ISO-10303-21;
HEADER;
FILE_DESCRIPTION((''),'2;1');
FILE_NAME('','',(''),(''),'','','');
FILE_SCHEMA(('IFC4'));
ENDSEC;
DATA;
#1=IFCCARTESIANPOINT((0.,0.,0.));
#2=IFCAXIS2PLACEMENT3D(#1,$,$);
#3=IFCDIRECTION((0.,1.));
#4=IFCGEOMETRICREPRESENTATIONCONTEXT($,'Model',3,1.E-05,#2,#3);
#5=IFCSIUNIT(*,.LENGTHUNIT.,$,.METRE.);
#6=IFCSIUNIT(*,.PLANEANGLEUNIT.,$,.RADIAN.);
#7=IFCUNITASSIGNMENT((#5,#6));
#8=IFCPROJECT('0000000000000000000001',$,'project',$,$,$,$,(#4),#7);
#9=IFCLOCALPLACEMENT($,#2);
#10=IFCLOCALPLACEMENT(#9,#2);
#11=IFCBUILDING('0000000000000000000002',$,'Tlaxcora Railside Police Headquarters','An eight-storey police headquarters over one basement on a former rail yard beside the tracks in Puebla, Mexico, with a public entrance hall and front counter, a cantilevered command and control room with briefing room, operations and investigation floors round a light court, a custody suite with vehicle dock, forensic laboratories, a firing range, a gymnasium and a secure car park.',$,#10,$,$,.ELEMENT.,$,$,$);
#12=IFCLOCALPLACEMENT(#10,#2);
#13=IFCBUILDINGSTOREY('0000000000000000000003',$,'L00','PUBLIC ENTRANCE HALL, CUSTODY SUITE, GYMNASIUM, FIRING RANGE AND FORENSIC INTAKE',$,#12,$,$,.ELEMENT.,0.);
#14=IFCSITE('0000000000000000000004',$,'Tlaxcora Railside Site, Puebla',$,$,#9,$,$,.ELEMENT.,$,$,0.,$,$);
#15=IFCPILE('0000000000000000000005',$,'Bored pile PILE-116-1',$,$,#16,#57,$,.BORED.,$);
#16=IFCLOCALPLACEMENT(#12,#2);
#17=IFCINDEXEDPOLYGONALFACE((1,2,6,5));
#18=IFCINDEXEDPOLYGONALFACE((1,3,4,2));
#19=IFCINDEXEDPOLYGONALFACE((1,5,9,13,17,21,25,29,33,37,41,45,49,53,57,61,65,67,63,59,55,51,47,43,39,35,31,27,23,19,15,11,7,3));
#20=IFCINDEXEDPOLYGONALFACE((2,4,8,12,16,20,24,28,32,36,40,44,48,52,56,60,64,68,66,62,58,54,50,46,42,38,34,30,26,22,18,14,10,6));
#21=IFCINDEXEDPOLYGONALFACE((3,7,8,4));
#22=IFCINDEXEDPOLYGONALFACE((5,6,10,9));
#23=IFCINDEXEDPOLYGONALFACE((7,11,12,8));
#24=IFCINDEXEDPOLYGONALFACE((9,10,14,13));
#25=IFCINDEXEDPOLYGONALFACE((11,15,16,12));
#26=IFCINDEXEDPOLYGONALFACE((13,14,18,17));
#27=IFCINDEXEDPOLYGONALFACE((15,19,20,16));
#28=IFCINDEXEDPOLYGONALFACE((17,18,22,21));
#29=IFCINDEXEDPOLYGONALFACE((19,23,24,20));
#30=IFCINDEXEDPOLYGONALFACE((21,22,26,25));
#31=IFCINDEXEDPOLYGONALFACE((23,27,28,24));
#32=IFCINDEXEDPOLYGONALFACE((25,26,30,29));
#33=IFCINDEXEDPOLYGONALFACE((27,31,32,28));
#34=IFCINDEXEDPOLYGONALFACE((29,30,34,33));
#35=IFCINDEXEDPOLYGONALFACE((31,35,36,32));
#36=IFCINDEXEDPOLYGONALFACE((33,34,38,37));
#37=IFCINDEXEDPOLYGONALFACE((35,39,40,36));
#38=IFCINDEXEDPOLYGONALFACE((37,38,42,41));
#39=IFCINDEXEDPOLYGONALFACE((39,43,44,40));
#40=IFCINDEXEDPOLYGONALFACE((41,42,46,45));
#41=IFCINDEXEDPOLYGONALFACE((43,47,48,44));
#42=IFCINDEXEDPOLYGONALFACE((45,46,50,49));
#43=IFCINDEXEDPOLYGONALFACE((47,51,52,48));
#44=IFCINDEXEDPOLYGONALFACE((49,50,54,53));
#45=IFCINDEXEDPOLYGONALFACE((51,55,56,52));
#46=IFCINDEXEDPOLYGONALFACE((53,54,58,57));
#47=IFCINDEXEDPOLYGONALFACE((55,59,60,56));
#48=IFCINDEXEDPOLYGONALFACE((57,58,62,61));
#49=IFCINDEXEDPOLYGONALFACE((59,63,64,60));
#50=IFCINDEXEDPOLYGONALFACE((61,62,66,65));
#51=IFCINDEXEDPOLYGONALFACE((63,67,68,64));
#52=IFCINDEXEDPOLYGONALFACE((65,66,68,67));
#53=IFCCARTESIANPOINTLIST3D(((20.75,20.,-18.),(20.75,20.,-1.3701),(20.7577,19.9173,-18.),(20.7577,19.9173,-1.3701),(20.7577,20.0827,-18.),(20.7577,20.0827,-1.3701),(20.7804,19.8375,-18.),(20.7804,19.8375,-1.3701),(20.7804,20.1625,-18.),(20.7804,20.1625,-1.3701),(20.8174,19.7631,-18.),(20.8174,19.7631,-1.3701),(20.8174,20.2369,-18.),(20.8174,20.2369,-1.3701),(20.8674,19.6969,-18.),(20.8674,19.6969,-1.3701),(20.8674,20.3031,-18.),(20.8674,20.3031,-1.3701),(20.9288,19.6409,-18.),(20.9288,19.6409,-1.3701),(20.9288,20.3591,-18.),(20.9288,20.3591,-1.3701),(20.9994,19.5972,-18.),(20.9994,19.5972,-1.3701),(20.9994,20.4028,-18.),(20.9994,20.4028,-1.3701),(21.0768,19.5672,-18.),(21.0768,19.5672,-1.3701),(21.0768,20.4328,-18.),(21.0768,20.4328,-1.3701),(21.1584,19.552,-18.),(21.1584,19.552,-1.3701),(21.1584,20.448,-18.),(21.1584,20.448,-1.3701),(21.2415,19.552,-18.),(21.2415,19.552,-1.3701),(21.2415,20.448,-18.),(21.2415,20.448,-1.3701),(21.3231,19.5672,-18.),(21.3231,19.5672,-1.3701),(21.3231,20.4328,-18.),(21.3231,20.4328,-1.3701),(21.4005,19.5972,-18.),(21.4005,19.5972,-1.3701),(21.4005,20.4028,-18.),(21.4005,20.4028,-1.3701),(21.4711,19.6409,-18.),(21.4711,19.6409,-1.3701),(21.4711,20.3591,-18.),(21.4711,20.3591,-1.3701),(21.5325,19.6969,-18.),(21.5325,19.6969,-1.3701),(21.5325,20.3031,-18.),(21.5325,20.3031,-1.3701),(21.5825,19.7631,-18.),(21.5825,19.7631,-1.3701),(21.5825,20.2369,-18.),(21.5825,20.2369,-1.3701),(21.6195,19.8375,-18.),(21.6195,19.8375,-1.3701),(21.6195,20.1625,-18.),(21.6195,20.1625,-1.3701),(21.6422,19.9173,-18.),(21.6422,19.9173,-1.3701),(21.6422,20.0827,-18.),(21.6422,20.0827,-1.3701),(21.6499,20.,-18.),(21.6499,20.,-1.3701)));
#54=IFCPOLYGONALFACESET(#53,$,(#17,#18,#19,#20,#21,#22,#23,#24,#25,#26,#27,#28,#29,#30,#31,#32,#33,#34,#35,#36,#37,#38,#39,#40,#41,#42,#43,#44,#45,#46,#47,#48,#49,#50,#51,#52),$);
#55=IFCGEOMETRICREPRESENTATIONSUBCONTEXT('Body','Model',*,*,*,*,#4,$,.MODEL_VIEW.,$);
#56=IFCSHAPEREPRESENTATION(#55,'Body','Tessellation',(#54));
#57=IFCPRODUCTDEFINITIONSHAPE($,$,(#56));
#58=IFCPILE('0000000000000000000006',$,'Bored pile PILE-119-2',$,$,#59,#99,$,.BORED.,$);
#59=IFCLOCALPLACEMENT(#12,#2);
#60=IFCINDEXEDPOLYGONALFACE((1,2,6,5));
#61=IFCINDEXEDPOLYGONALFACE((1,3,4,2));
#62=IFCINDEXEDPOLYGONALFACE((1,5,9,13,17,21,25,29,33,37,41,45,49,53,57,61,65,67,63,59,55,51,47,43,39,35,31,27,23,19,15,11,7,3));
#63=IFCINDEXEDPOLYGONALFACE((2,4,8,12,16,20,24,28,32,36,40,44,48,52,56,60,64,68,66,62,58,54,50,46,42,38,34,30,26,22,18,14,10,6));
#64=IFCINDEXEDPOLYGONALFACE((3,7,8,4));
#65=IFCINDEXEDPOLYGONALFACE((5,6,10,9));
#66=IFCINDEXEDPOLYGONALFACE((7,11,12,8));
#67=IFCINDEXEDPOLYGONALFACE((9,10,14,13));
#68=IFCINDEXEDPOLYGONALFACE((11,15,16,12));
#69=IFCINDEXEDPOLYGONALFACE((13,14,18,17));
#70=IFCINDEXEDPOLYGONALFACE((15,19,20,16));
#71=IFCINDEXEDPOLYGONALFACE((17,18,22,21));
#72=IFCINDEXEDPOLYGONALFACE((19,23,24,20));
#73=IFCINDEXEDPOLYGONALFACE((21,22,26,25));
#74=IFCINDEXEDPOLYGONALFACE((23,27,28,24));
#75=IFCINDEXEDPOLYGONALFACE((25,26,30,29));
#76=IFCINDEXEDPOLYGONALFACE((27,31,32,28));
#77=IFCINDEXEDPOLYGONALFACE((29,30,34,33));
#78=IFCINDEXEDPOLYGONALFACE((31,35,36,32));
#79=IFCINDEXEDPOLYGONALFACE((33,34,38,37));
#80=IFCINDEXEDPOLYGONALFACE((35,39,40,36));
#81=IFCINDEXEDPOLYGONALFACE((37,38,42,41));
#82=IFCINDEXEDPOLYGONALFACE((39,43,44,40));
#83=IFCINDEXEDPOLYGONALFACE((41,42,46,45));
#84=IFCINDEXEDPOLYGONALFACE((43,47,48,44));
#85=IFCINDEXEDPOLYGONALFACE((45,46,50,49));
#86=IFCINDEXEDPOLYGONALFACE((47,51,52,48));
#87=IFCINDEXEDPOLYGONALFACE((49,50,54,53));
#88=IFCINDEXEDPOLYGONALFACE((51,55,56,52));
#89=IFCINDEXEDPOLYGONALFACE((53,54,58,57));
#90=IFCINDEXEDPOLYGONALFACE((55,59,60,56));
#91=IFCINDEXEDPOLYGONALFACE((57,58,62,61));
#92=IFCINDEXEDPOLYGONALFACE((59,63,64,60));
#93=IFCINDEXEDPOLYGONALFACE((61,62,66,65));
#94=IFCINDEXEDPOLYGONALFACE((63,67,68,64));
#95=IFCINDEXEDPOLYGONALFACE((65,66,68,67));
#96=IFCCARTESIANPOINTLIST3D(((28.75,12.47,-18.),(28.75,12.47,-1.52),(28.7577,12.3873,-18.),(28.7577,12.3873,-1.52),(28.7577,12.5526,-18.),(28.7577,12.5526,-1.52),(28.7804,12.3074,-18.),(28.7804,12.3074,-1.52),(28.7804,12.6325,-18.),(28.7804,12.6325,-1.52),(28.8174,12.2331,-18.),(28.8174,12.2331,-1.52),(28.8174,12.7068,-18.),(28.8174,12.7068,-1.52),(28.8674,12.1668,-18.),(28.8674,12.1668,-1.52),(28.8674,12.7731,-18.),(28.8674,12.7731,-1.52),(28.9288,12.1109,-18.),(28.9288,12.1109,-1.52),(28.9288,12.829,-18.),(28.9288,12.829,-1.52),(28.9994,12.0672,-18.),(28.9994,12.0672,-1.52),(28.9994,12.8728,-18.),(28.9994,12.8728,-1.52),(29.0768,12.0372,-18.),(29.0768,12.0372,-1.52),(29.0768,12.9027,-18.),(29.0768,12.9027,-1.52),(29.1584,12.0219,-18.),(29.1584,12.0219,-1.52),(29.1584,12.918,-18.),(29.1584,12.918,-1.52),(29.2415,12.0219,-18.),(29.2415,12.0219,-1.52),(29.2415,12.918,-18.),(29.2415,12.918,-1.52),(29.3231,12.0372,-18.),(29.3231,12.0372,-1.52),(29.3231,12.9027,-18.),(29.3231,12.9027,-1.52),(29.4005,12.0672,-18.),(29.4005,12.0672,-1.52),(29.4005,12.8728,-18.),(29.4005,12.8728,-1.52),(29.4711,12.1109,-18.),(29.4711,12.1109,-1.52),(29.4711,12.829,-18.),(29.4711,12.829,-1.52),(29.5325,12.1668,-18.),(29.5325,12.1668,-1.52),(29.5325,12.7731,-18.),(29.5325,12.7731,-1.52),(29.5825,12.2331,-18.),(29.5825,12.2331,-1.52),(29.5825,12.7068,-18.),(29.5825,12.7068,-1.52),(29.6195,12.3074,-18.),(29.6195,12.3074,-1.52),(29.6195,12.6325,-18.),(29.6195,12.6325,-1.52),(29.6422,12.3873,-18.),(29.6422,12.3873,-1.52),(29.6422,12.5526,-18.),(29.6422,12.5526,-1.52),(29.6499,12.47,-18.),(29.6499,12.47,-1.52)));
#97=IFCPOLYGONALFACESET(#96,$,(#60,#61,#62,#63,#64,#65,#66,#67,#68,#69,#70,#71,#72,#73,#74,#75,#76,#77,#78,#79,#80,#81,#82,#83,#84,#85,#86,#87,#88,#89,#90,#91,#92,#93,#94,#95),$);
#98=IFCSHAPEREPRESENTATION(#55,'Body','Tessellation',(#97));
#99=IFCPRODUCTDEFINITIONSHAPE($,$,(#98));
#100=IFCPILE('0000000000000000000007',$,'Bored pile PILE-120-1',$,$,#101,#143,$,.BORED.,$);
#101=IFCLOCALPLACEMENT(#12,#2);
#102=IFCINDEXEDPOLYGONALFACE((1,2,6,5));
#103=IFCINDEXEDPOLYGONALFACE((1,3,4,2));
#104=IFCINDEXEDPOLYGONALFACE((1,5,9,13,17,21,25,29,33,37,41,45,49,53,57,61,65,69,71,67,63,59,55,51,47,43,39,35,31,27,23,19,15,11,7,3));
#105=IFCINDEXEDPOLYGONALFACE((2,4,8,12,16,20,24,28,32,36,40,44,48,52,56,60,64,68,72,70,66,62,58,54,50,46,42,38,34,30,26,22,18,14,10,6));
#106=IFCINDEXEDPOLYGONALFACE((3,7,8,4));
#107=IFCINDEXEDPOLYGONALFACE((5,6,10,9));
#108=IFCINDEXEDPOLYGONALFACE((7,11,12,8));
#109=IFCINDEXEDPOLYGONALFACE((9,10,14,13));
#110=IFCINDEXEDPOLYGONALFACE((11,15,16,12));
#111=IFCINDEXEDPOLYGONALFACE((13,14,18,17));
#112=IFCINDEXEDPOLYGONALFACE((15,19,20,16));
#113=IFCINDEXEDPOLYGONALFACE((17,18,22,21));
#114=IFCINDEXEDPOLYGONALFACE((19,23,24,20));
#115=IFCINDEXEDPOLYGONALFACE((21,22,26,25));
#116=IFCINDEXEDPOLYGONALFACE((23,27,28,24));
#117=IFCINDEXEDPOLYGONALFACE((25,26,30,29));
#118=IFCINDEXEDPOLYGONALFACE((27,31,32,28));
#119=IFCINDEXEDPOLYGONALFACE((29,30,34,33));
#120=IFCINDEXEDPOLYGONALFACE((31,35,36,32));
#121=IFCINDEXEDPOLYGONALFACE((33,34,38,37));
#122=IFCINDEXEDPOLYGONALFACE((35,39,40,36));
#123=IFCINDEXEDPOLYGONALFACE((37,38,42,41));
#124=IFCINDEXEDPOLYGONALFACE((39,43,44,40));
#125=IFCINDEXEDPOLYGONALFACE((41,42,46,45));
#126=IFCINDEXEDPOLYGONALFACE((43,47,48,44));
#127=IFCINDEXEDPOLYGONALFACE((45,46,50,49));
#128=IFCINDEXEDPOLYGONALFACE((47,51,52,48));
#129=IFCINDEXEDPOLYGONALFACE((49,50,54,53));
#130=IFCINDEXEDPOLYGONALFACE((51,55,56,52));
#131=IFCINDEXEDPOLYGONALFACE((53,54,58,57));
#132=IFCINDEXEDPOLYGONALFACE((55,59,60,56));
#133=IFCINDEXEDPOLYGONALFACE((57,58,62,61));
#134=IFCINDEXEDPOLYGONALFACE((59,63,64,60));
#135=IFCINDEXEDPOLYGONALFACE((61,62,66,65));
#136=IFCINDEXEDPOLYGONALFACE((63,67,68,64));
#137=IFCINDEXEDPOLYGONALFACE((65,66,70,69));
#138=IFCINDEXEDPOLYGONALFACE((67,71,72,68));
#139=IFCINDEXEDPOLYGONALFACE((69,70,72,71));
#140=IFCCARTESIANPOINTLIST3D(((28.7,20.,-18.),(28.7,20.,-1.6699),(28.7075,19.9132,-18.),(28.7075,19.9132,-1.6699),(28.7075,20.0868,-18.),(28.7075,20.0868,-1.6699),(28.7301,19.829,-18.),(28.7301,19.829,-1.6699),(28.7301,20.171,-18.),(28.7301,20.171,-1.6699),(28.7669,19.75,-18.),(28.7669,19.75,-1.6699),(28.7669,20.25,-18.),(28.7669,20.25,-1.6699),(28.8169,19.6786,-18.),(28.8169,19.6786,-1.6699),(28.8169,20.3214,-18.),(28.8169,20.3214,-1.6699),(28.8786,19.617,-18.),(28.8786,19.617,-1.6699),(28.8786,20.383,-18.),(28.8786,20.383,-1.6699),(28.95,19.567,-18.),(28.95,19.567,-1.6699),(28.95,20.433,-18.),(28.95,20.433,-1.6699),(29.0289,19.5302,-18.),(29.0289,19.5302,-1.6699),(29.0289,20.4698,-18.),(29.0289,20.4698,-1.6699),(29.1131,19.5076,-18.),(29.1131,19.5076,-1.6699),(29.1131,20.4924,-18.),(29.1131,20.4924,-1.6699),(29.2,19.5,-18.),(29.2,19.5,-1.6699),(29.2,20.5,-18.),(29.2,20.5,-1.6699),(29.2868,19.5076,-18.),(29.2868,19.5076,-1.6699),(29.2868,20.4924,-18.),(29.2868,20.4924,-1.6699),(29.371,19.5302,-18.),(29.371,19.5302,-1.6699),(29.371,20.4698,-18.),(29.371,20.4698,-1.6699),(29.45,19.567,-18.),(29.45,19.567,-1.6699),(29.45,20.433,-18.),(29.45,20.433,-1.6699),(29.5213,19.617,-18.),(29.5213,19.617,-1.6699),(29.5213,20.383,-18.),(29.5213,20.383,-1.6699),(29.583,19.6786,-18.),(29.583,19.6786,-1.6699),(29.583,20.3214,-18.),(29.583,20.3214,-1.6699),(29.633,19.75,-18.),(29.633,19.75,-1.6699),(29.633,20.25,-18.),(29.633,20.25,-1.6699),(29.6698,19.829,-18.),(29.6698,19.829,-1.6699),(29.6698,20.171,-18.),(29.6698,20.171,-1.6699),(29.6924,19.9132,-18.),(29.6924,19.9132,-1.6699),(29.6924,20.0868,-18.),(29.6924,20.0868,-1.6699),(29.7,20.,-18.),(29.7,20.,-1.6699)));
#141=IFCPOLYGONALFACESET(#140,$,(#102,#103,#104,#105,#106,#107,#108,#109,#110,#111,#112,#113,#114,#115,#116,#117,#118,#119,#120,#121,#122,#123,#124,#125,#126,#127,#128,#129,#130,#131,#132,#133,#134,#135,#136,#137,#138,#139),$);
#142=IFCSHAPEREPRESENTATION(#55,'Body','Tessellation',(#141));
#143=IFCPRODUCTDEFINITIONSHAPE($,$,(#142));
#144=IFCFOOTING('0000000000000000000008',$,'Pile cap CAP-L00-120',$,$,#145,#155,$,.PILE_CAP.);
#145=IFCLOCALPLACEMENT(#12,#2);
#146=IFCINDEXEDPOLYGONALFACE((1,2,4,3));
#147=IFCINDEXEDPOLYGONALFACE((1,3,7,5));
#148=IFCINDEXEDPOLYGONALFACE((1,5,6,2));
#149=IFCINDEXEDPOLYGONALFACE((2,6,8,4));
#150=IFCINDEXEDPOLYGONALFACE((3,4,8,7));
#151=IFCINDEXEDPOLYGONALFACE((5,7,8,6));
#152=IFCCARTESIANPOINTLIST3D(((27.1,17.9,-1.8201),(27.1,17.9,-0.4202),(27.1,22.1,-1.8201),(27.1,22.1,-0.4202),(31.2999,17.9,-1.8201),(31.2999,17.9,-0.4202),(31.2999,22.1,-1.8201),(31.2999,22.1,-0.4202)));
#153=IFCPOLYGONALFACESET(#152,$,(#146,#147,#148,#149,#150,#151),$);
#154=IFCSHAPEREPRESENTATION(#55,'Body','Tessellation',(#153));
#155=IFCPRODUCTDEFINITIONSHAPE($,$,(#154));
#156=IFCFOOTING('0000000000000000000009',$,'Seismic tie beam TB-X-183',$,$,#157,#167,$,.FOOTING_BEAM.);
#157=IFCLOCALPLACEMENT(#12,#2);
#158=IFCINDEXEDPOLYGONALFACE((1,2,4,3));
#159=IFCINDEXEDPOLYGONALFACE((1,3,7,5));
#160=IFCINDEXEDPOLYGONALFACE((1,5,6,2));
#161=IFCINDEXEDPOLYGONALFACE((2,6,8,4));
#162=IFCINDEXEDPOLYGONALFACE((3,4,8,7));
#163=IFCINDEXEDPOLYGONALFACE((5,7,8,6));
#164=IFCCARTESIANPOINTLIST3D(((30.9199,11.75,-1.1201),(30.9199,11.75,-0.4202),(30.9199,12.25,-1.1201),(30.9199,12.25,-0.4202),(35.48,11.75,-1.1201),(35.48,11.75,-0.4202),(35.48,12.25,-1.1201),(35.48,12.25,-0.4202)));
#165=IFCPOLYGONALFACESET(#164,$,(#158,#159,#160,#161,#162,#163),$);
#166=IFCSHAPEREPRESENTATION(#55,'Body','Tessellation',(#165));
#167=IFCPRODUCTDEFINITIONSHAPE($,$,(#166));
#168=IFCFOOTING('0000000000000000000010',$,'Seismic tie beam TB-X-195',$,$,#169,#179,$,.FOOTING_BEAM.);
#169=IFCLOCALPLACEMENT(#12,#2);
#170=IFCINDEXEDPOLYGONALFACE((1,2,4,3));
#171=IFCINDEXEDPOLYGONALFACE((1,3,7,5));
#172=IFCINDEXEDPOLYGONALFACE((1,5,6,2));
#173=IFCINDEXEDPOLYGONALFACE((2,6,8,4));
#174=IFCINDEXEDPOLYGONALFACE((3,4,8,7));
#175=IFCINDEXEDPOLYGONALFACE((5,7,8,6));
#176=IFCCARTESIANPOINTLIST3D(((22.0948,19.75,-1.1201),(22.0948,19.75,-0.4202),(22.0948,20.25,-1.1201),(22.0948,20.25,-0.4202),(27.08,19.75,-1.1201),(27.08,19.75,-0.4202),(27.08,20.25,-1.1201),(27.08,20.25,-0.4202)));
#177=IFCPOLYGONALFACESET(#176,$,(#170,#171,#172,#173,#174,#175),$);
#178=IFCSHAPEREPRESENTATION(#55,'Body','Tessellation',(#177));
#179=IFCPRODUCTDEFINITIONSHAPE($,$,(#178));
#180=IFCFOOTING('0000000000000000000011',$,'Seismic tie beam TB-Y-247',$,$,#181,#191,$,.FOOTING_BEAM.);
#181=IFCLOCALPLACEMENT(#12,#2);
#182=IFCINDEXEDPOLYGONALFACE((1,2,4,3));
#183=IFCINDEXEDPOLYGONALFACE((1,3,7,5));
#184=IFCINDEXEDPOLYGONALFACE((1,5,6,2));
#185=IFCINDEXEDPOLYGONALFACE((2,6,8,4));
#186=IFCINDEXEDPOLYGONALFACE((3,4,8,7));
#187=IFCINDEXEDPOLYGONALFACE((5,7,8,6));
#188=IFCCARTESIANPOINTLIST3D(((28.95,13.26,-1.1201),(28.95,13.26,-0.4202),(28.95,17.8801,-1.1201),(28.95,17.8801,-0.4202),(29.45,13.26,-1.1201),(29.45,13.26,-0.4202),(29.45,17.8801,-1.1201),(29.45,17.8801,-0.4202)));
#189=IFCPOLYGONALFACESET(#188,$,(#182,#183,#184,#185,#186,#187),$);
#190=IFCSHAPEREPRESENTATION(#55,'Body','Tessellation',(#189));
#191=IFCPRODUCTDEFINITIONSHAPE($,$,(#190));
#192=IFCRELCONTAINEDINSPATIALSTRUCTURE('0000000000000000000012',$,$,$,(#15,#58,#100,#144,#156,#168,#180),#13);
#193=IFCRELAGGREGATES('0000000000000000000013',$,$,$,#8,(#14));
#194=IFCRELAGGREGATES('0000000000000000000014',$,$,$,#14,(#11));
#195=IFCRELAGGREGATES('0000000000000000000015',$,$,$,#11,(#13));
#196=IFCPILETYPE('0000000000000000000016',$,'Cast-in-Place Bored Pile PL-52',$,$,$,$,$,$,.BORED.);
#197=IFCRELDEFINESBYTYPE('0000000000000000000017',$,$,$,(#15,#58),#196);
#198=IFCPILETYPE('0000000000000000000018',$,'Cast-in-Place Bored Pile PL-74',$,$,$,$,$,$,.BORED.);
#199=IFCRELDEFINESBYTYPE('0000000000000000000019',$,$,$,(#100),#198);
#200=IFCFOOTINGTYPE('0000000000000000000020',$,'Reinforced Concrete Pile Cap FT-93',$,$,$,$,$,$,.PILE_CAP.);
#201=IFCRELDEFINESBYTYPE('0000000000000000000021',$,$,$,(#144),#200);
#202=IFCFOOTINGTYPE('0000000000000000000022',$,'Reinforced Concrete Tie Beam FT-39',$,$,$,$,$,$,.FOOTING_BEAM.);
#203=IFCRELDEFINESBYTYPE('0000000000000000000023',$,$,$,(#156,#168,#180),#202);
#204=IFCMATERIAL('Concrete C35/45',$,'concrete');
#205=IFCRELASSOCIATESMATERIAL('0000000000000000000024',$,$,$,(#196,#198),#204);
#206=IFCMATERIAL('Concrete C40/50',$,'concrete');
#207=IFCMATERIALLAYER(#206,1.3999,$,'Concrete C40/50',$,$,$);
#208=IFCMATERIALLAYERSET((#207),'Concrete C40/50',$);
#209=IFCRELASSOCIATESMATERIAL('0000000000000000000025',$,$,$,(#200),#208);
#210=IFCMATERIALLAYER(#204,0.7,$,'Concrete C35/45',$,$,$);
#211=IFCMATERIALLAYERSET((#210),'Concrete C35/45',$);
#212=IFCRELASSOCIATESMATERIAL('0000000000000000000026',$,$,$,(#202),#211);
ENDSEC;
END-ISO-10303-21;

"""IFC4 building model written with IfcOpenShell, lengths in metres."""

from ifc_helpers import new_model, si_unit, direction, frame, origin, origin_2d, place, context, subcontext, project, spatial, rectangle, circle, extrude, material, layer, layer_set, material_profile, profile_set, type_object, element, save


model = new_model("IFC4")

# Units and contexts
model_context = context("Model", 3, precision=1e-05, world=origin(), true_north=direction((0.0, 1.0)))
body_context = subcontext(model_context, "Body", "Model", "MODEL_VIEW")
ifc_project = project(units=[si_unit("LENGTHUNIT", "METRE"), si_unit("PLANEANGLEUNIT", "RADIAN")], contexts=[model_context])

# Site, building, storey
site_placement = place(None, origin())
site = spatial("IfcSite", under=ifc_project, at=site_placement, Name="Tlaxcora Railside Site, Puebla", CompositionType="ELEMENT", RefElevation=0.0)
building_placement = place(site_placement, origin())
building = spatial("IfcBuilding", under=site, at=building_placement, Name="Tlaxcora Railside Police Headquarters", Description="An eight-storey police headquarters over one basement on a former rail yard beside the tracks in Puebla, Mexico, with a public entrance hall and front counter, a cantilevered command and control room with briefing room, operations and investigation floors round a light court, a custody suite with vehicle dock, forensic laboratories, a firing range, a gymnasium and a secure car park.", CompositionType="ELEMENT")
storey_placement = place(building_placement, origin())
storey = spatial("IfcBuildingStorey", under=building, at=storey_placement, Name="L00", Description="PUBLIC ENTRANCE HALL, CUSTODY SUITE, GYMNASIUM, FIRING RANGE AND FORENSIC INTAKE", CompositionType="ELEMENT", Elevation=0.0)

# Piles
ifc_material_1 = material(Name="Concrete C35/45", Category="concrete")
ifc_material_profile_1 = material_profile(ifc_material_1, circle(Radius=0.45, at=origin_2d()), Name="PILE900")
ifc_profile_set_1 = profile_set([ifc_material_profile_1], Name="Concrete C35/45")
pile_type_1 = type_object("IfcPileType", Name="Cast-in-Place Bored Pile PL-52", PredefinedType="BORED", material=ifc_profile_set_1)
pile_1_placement = place(storey_placement, frame((21.2, 20.0, -1.3701), z_axis=(0.0, 0.0, -1.0), x_axis=(1.0, 0.0, 0.0)))
element("IfcPile", 1, at=pile_1_placement, inside=storey, type_object=pile_type_1, Name="Bored pile PILE-116-1", PredefinedType="BORED", context=body_context, shape_type="SweptSolid", body=[
    extrude(circle(Radius=0.45, at=origin_2d()), origin(), (0.0, 0.0, 1.0), 16.6299),
])
pile_2_placement = place(storey_placement, frame((29.2, 12.47, -1.52), z_axis=(0.0, 0.0, -1.0), x_axis=(1.0, 0.0, 0.0)))
element("IfcPile", 2, at=pile_2_placement, inside=storey, type_object=pile_type_1, Name="Bored pile PILE-119-2", PredefinedType="BORED", context=body_context, shape_type="SweptSolid", body=[
    extrude(circle(Radius=0.45, at=origin_2d()), origin(), (0.0, 0.0, 1.0), 16.48),
])
ifc_material_profile_2 = material_profile(ifc_material_1, circle(Radius=0.5, at=origin_2d()), Name="PILE1000")
ifc_profile_set_2 = profile_set([ifc_material_profile_2], Name="Concrete C35/45")
pile_type_2 = type_object("IfcPileType", Name="Cast-in-Place Bored Pile PL-74", PredefinedType="BORED", material=ifc_profile_set_2)
pile_3_placement = place(storey_placement, frame((29.2, 20.0, -1.6699), z_axis=(0.0, 0.0, -1.0), x_axis=(1.0, 0.0, 0.0)))
element("IfcPile", 3, at=pile_3_placement, inside=storey, type_object=pile_type_2, Name="Bored pile PILE-120-1", PredefinedType="BORED", context=body_context, shape_type="SweptSolid", body=[
    extrude(circle(Radius=0.5, at=origin_2d()), origin(), (0.0, 0.0, 1.0), 16.3301),
])

# Footings
ifc_material_2 = material(Name="Concrete C40/50", Category="concrete")
ifc_layer_1 = layer(ifc_material_2, 1.3999, Name="Concrete C40/50")
ifc_layer_set_1 = layer_set([ifc_layer_1], Name="Concrete C40/50")
footing_type_1 = type_object("IfcFootingType", Name="Reinforced Concrete Pile Cap FT-93", PredefinedType="PILE_CAP", material=ifc_layer_set_1)
footing_1_placement = place(storey_placement, frame((29.2, 20.0, -1.8201), z_axis=(0.0, 0.0, 1.0), x_axis=(1.0, 0.0, 0.0)))
element("IfcFooting", 4, at=footing_1_placement, inside=storey, type_object=footing_type_1, Name="Pile cap CAP-L00-120", PredefinedType="PILE_CAP", context=body_context, shape_type="SweptSolid", body=[
    extrude(rectangle(XDim=4.2, YDim=4.2, at=origin_2d()), origin(), (0.0, 0.0, 1.0), 1.3999),
])
ifc_layer_2 = layer(ifc_material_1, 0.7, Name="Concrete C35/45")
ifc_layer_set_2 = layer_set([ifc_layer_2], Name="Concrete C35/45")
footing_type_2 = type_object("IfcFootingType", Name="Reinforced Concrete Tie Beam FT-39", PredefinedType="FOOTING_BEAM", material=ifc_layer_set_2)
footing_2_placement = place(storey_placement, frame((33.2, 12.0, -1.1201), z_axis=(0.0, 0.0, 1.0), x_axis=(1.0, 0.0, 0.0)))
element("IfcFooting", 5, at=footing_2_placement, inside=storey, type_object=footing_type_2, Name="Seismic tie beam TB-X-183", PredefinedType="FOOTING_BEAM", context=body_context, shape_type="SweptSolid", body=[
    extrude(rectangle(XDim=4.5601, YDim=0.5, at=origin_2d()), origin(), (0.0, 0.0, 1.0), 0.7),
])
footing_3_placement = place(storey_placement, frame((24.5874, 20.0, -1.1201), z_axis=(0.0, 0.0, 1.0), x_axis=(1.0, 0.0, 0.0)))
element("IfcFooting", 6, at=footing_3_placement, inside=storey, type_object=footing_type_2, Name="Seismic tie beam TB-X-195", PredefinedType="FOOTING_BEAM", context=body_context, shape_type="SweptSolid", body=[
    extrude(rectangle(XDim=4.9851, YDim=0.5, at=origin_2d()), origin(), (0.0, 0.0, 1.0), 0.7),
])
footing_4_placement = place(storey_placement, frame((29.2, 15.5701, -1.1201), z_axis=(0.0, 0.0, 1.0), x_axis=(0.0, 1.0, 0.0)))
element("IfcFooting", 7, at=footing_4_placement, inside=storey, type_object=footing_type_2, Name="Seismic tie beam TB-Y-247", PredefinedType="FOOTING_BEAM", context=body_context, shape_type="SweptSolid", body=[
    extrude(rectangle(XDim=4.6201, YDim=0.5, at=origin_2d()), origin(), (0.0, 0.0, 1.0), 0.7),
])

save(model, "model.ifc")
